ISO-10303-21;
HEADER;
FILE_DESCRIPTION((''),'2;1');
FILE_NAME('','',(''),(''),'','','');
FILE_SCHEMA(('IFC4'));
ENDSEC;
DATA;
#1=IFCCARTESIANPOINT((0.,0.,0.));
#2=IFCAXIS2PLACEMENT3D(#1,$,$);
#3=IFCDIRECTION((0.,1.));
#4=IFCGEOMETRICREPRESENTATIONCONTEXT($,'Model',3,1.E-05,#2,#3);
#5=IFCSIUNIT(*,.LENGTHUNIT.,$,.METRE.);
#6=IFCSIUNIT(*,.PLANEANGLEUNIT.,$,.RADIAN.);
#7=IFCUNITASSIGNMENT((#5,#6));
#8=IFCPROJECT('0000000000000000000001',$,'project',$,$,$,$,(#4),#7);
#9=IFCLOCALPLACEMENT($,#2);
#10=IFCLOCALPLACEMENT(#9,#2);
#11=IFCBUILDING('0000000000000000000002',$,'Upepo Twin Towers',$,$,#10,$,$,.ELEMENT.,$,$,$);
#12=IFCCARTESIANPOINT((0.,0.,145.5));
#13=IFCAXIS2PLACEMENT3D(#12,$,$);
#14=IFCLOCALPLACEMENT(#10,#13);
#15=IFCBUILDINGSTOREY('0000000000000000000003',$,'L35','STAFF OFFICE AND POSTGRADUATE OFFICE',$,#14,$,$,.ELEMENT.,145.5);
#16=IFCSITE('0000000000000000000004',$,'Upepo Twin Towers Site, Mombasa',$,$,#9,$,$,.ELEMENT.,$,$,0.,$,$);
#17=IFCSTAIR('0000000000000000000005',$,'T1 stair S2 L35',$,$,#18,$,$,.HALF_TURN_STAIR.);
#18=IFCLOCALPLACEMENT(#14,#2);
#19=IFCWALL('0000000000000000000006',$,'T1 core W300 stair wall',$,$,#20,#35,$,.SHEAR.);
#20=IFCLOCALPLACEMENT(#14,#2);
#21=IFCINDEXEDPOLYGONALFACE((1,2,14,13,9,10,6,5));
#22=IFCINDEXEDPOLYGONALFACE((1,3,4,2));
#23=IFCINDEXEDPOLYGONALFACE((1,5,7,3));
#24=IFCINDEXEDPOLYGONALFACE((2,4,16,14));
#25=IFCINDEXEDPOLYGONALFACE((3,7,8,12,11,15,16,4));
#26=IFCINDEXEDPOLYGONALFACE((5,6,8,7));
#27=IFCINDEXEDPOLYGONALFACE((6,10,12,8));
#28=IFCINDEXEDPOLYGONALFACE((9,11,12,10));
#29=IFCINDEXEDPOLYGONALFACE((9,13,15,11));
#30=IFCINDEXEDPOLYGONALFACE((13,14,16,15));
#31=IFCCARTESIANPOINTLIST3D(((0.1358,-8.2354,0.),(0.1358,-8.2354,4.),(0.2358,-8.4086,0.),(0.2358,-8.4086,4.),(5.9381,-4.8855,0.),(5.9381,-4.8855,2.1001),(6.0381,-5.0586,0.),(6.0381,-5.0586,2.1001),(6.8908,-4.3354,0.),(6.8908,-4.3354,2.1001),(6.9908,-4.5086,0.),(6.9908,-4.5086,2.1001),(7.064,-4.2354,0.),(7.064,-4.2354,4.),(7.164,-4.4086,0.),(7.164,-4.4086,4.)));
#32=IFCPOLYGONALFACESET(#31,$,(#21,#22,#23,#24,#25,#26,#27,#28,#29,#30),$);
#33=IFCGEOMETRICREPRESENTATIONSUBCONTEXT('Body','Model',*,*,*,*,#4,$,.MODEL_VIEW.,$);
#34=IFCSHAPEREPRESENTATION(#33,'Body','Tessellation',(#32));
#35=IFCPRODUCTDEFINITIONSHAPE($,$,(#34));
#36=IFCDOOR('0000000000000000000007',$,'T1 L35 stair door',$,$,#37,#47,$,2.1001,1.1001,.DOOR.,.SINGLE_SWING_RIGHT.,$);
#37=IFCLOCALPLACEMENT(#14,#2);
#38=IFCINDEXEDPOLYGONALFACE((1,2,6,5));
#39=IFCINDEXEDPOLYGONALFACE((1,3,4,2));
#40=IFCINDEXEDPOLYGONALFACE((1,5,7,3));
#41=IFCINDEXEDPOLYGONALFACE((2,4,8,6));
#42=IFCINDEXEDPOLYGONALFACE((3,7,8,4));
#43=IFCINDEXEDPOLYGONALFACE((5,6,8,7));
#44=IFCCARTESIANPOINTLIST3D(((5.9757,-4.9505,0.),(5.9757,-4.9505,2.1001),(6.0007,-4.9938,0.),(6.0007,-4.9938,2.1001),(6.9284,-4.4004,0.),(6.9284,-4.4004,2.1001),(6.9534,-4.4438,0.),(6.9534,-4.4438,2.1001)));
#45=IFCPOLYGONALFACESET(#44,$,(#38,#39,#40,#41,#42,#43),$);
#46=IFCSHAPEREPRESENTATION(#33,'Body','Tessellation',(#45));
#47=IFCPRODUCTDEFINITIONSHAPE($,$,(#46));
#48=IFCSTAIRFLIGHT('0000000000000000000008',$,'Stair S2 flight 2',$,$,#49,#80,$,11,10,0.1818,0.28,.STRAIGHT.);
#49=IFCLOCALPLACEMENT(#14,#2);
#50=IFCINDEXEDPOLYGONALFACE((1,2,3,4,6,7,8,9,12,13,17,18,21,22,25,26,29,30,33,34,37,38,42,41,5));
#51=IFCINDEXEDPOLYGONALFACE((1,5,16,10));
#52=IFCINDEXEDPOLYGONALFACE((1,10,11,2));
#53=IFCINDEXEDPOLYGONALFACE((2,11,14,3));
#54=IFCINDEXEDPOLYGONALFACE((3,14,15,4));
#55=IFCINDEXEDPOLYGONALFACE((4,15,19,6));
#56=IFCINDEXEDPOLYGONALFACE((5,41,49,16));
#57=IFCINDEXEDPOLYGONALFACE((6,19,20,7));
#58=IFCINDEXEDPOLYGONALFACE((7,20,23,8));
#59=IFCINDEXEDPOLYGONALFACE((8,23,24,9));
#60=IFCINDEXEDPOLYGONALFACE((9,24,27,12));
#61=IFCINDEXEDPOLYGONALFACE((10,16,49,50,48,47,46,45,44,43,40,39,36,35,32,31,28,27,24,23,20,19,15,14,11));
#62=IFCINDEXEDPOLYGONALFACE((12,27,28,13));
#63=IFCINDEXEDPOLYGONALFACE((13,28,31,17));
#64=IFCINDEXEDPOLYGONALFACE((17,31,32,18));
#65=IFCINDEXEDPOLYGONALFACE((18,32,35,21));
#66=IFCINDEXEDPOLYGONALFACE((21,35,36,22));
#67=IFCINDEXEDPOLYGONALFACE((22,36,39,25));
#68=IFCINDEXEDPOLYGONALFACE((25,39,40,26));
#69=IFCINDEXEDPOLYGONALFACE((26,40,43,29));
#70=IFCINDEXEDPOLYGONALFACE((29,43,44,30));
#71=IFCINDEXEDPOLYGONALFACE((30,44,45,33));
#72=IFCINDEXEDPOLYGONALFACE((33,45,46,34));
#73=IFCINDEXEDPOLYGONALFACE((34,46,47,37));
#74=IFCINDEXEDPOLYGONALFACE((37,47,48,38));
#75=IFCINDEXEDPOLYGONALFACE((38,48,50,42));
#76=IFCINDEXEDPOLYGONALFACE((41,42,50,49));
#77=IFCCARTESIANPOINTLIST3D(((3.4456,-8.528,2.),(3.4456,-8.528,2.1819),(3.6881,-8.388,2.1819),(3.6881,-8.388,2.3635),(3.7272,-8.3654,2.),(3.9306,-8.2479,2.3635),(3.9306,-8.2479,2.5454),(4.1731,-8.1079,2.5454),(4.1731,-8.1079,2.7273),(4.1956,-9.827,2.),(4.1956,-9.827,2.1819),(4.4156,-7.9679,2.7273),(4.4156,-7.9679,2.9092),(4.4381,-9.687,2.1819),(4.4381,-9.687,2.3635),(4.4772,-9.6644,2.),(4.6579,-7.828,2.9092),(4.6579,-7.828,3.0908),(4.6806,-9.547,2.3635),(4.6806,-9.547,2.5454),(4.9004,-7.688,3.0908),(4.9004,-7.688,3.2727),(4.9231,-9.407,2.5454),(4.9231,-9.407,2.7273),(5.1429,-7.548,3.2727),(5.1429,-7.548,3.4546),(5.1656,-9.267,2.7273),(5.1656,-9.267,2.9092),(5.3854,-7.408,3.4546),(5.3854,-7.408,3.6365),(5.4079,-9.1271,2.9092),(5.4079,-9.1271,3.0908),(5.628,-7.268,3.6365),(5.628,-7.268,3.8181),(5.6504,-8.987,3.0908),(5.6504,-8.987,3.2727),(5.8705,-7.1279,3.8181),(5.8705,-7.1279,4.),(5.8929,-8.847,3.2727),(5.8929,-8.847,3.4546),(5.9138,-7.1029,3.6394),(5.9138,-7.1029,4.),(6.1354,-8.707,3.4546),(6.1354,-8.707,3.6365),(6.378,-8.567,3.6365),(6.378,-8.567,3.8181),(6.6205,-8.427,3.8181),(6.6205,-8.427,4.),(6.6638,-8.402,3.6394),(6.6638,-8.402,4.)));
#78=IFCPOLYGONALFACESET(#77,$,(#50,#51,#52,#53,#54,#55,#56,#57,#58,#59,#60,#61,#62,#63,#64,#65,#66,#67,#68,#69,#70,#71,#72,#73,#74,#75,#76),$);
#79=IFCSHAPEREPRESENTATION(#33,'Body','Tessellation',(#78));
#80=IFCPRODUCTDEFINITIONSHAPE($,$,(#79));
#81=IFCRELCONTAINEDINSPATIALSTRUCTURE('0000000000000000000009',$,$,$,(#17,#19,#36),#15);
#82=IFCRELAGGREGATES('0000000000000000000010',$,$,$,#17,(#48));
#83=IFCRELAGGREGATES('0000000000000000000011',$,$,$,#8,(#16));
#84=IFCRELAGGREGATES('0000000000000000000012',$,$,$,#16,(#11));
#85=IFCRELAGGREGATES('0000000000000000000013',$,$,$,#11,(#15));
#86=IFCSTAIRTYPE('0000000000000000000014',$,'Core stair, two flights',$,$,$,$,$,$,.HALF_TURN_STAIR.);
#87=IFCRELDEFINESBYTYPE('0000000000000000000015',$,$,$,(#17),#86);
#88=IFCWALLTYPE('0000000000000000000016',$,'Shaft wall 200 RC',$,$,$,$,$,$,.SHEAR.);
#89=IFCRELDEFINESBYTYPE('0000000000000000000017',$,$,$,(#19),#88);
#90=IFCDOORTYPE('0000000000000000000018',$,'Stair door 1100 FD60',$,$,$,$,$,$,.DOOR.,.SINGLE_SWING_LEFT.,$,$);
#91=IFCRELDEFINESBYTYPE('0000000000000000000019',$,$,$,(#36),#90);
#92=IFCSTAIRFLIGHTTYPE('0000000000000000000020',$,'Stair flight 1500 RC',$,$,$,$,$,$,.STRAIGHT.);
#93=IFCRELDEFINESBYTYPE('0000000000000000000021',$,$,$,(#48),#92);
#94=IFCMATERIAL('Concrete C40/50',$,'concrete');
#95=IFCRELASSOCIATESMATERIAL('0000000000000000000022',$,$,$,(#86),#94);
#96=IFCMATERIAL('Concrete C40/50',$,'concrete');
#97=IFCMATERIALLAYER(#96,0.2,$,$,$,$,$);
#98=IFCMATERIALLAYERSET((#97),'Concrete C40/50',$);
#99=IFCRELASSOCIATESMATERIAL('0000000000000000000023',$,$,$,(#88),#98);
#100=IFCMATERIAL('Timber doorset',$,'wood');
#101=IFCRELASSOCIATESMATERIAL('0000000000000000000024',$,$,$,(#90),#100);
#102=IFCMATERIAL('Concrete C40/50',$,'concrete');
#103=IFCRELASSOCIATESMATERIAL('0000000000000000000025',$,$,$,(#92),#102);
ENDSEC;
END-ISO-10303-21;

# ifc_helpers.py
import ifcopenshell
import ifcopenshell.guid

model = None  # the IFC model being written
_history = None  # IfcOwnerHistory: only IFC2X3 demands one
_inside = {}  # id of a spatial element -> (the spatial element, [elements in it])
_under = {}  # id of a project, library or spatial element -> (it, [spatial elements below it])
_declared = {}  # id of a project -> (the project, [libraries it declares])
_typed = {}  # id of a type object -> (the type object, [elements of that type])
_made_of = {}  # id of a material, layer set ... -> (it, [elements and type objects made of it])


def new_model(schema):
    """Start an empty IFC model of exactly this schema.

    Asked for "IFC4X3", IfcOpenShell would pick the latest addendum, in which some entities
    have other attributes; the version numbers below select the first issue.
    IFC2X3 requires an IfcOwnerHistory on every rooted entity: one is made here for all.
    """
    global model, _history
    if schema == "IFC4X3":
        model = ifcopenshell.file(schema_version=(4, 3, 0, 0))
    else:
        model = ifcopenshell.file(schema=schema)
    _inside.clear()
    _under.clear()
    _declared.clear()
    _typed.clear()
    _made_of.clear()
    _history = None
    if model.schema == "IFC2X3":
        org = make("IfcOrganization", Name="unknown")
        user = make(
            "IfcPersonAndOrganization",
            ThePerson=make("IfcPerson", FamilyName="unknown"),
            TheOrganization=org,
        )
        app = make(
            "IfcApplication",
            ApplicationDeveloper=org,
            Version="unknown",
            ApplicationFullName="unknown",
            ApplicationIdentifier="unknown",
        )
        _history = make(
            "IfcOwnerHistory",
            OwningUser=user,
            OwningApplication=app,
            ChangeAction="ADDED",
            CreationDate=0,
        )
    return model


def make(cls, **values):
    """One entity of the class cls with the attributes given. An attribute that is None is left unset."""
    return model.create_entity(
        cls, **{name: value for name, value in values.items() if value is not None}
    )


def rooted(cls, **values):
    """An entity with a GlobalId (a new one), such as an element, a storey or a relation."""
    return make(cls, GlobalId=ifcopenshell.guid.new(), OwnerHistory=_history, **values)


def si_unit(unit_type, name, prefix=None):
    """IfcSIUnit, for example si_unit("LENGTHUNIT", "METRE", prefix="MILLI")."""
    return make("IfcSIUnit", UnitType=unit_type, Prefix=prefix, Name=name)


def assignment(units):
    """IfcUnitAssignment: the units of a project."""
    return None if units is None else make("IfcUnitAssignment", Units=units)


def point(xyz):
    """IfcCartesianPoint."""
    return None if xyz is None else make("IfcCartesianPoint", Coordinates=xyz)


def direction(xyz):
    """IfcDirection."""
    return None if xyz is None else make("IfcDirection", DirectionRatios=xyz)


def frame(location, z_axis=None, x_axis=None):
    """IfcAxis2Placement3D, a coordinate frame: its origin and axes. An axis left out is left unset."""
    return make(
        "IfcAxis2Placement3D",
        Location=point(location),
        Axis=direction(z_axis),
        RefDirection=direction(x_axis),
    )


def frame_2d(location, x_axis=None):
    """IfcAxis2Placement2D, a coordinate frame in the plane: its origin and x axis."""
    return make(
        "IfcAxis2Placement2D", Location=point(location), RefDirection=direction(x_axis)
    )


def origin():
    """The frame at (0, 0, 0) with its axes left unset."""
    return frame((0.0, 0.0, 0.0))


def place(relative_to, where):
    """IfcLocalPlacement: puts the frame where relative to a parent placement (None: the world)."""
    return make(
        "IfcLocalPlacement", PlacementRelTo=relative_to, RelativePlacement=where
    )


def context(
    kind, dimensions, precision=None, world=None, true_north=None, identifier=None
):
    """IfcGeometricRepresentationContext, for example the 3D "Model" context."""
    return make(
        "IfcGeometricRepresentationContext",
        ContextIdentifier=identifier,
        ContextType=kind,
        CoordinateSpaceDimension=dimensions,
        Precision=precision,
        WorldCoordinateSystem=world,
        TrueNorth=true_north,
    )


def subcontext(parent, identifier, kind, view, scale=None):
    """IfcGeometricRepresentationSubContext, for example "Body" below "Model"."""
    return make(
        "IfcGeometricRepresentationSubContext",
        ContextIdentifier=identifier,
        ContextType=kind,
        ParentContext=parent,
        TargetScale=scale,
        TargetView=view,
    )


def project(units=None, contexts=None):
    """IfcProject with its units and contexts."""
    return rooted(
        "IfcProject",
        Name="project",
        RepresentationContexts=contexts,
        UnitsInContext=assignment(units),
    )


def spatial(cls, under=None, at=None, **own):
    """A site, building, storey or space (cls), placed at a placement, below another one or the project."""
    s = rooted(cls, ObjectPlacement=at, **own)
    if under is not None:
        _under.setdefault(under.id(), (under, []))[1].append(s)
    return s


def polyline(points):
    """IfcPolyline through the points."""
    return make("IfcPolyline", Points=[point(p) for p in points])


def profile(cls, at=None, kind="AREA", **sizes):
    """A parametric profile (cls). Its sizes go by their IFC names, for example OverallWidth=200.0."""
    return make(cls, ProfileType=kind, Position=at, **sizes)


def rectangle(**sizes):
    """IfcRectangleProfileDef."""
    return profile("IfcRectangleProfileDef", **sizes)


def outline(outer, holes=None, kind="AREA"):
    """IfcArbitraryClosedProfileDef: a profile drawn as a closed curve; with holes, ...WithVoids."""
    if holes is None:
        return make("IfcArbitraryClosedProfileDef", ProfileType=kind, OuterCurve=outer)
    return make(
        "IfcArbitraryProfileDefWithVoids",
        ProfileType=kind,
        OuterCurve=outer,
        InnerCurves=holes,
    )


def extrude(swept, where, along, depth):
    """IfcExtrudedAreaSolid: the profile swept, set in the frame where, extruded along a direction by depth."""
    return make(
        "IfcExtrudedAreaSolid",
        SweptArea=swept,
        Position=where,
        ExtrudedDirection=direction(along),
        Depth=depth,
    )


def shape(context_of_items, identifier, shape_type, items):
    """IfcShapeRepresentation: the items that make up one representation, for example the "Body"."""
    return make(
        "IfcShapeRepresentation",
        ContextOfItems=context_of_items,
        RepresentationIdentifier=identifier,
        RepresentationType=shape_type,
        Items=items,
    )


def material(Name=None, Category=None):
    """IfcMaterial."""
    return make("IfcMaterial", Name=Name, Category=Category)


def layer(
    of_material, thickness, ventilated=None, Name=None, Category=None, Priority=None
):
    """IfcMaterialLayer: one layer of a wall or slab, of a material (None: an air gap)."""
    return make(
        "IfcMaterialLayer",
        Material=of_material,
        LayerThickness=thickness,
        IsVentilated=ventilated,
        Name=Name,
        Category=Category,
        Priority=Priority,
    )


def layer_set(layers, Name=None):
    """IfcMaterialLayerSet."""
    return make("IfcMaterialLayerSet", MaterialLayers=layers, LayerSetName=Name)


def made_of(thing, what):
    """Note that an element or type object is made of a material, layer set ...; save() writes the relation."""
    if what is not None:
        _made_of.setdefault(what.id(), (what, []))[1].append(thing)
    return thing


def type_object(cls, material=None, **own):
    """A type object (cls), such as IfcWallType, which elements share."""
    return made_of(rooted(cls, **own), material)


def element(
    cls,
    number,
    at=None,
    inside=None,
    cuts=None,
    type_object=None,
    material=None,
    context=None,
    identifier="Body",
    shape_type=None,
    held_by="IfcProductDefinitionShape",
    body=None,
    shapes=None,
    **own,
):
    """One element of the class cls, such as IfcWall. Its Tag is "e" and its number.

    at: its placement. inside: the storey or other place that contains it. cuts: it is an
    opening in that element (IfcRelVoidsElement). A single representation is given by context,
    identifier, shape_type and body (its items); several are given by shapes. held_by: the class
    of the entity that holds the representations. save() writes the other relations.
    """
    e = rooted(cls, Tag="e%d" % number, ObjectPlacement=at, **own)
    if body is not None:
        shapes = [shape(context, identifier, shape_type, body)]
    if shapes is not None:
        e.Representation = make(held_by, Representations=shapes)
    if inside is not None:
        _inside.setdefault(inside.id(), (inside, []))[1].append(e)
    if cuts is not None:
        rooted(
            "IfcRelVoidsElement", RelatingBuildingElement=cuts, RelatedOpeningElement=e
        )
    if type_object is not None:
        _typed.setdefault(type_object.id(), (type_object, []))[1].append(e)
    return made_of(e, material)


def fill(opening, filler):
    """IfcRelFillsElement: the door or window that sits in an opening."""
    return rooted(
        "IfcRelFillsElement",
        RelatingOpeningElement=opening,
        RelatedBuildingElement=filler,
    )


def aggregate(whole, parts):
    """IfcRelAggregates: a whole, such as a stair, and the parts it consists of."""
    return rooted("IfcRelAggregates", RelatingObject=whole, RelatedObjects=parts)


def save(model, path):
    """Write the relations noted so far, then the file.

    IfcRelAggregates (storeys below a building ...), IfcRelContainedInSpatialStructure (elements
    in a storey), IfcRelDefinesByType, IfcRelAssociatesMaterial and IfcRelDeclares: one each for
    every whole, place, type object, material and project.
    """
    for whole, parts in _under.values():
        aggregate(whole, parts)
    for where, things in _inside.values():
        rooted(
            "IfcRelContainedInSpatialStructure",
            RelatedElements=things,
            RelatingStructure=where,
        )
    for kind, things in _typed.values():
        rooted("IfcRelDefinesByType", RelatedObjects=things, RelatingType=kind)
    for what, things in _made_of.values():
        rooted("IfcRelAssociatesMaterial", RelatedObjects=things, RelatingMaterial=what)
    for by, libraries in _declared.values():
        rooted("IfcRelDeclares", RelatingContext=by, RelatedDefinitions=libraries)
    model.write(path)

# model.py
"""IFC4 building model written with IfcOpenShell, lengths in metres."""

from ifc_helpers import new_model, si_unit, direction, frame, frame_2d, origin, place, context, subcontext, project, spatial, polyline, rectangle, outline, extrude, material, layer, layer_set, type_object, element, fill, aggregate, save


model = new_model("IFC4")

# Units and contexts
model_context = context("Model", 3, precision=1e-05, world=origin(), true_north=direction((0.0, 1.0)))
body_context = subcontext(model_context, "Body", "Model", "MODEL_VIEW")
ifc_project = project(units=[si_unit("LENGTHUNIT", "METRE"), si_unit("PLANEANGLEUNIT", "RADIAN")], contexts=[model_context])

# Site, building, storey
site_placement = place(None, origin())
site = spatial("IfcSite", under=ifc_project, at=site_placement, Name="Upepo Twin Towers Site, Mombasa", CompositionType="ELEMENT", RefElevation=0.0)
building_placement = place(site_placement, origin())
building = spatial("IfcBuilding", under=site, at=building_placement, Name="Upepo Twin Towers", CompositionType="ELEMENT")
storey_placement = place(building_placement, frame((0.0, 0.0, 145.5)))
storey = spatial("IfcBuildingStorey", under=building, at=storey_placement, Name="L35", Description="STAFF OFFICE AND POSTGRADUATE OFFICE", CompositionType="ELEMENT", Elevation=145.5)

# Stair
ifc_material_1 = material(Name="Concrete C40/50", Category="concrete")
stair_type = type_object("IfcStairType", Name="Core stair, two flights", PredefinedType="HALF_TURN_STAIR", material=ifc_material_1)
stair_1_placement = place(storey_placement, origin())
stair_1 = element("IfcStair", 1, at=stair_1_placement, inside=storey, type_object=stair_type, Name="T1 stair S2 L35", PredefinedType="HALF_TURN_STAIR")

# Shared definitions
ifc_material_2 = material(Name="Concrete C40/50", Category="concrete")
ifc_layer_1 = layer(ifc_material_2, 0.2)
ifc_layer_set_1 = layer_set([ifc_layer_1], Name="Concrete C40/50")
wall_type = type_object("IfcWallType", Name="Shaft wall 200 RC", PredefinedType="SHEAR", material=ifc_layer_set_1)

# Wall, opening, door
wall_1_placement = place(storey_placement, frame((0.1858, -8.322, 0.0), z_axis=(0.0, 0.0, 1.0), x_axis=(0.866026, 0.499999, 0.0)))
wall_1 = element("IfcWall", 2, at=wall_1_placement, inside=storey, type_object=wall_type, Name="T1 core W300 stair wall", PredefinedType="SHEAR", context=body_context, shape_type="SweptSolid", body=[
    extrude(rectangle(XDim=8.0, YDim=0.2, at=frame_2d((4.0, 0.0))), origin(), (0.0, 0.0, 1.0), 4.0),
])
opening_placement = place(wall_1_placement, frame((6.7, 0.0, 0.0)))
opening = element("IfcOpeningElement", 3, at=opening_placement, cuts=wall_1, PredefinedType="OPENING", context=body_context, shape_type="SweptSolid", body=[
    extrude(rectangle(XDim=1.1001, YDim=2.1001, at=frame_2d((0.55, 1.05))), frame((0.0, 0.1099, 0.0), z_axis=(0.0, -1.0, 0.0), x_axis=(1.0, 0.0, 0.0)), (0.0, 0.0, 1.0), 0.22),
])
ifc_material_3 = material(Name="Timber doorset", Category="wood")
door_type = type_object("IfcDoorType", Name="Stair door 1100 FD60", OperationType="SINGLE_SWING_LEFT", PredefinedType="DOOR", material=ifc_material_3)
door_placement = place(opening_placement, origin())
door = element("IfcDoor", 4, at=door_placement, inside=storey, type_object=door_type, Name="T1 L35 stair door", OperationType="SINGLE_SWING_RIGHT", OverallHeight=2.1001, OverallWidth=1.1001, PredefinedType="DOOR", context=body_context, shape_type="SweptSolid", body=[
    extrude(rectangle(XDim=1.1001, YDim=2.1001, at=frame_2d((0.55, 1.05))), frame((0.0, 0.0249, 0.0), z_axis=(0.0, -1.0, 0.0), x_axis=(1.0, 0.0, 0.0)), (0.0, 0.0, 1.0), 0.05),
])
fill(opening, door)

# Stair flight
ifc_material_4 = material(Name="Concrete C40/50", Category="concrete")
stair_flight_type = type_object("IfcStairFlightType", Name="Stair flight 1500 RC", PredefinedType="STRAIGHT", material=ifc_material_4)
stair_flight_placement = place(storey_placement, frame((3.8206, -9.1775, 2.0), z_axis=(0.0, 0.0, 1.0), x_axis=(0.866025, 0.5, 0.0)))
stair_flight = element("IfcStairFlight", 5, at=stair_flight_placement, type_object=stair_flight_type, Name="Stair S2 flight 2", NumberOfRisers=11, NumberOfTreads=10, PredefinedType="STRAIGHT", RiserHeight=0.1818, TreadLength=0.28, context=body_context, shape_type="SweptSolid", body=[
    extrude(outline(polyline([(0.0, 0.0), (0.0, 0.1819), (0.28, 0.1819), (0.28, 0.3635), (0.5601, 0.3635), (0.5601, 0.5454), (0.8401, 0.5454), (0.8401, 0.7273), (1.1201, 0.7273), (1.1201, 0.9092), (1.3999, 0.9092), (1.3999, 1.0908), (1.6799, 1.0908), (1.6799, 1.2727), (1.96, 1.2727), (1.96, 1.4546), (2.24, 1.4546), (2.24, 1.6365), (2.52, 1.6365), (2.52, 1.8181), (2.8, 1.8181), (2.8, 2.0), (2.8501, 2.0), (2.8501, 1.6394), (0.3252, 0.0), (0.0, 0.0)])), frame((0.0, 0.75, 0.0), z_axis=(0.0, -1.0, 0.0), x_axis=(1.0, 0.0, 0.0)), (0.0, 0.0, 1.0), 1.5),
])
aggregate(stair_1, [stair_flight])

save(model, "model.ifc")
